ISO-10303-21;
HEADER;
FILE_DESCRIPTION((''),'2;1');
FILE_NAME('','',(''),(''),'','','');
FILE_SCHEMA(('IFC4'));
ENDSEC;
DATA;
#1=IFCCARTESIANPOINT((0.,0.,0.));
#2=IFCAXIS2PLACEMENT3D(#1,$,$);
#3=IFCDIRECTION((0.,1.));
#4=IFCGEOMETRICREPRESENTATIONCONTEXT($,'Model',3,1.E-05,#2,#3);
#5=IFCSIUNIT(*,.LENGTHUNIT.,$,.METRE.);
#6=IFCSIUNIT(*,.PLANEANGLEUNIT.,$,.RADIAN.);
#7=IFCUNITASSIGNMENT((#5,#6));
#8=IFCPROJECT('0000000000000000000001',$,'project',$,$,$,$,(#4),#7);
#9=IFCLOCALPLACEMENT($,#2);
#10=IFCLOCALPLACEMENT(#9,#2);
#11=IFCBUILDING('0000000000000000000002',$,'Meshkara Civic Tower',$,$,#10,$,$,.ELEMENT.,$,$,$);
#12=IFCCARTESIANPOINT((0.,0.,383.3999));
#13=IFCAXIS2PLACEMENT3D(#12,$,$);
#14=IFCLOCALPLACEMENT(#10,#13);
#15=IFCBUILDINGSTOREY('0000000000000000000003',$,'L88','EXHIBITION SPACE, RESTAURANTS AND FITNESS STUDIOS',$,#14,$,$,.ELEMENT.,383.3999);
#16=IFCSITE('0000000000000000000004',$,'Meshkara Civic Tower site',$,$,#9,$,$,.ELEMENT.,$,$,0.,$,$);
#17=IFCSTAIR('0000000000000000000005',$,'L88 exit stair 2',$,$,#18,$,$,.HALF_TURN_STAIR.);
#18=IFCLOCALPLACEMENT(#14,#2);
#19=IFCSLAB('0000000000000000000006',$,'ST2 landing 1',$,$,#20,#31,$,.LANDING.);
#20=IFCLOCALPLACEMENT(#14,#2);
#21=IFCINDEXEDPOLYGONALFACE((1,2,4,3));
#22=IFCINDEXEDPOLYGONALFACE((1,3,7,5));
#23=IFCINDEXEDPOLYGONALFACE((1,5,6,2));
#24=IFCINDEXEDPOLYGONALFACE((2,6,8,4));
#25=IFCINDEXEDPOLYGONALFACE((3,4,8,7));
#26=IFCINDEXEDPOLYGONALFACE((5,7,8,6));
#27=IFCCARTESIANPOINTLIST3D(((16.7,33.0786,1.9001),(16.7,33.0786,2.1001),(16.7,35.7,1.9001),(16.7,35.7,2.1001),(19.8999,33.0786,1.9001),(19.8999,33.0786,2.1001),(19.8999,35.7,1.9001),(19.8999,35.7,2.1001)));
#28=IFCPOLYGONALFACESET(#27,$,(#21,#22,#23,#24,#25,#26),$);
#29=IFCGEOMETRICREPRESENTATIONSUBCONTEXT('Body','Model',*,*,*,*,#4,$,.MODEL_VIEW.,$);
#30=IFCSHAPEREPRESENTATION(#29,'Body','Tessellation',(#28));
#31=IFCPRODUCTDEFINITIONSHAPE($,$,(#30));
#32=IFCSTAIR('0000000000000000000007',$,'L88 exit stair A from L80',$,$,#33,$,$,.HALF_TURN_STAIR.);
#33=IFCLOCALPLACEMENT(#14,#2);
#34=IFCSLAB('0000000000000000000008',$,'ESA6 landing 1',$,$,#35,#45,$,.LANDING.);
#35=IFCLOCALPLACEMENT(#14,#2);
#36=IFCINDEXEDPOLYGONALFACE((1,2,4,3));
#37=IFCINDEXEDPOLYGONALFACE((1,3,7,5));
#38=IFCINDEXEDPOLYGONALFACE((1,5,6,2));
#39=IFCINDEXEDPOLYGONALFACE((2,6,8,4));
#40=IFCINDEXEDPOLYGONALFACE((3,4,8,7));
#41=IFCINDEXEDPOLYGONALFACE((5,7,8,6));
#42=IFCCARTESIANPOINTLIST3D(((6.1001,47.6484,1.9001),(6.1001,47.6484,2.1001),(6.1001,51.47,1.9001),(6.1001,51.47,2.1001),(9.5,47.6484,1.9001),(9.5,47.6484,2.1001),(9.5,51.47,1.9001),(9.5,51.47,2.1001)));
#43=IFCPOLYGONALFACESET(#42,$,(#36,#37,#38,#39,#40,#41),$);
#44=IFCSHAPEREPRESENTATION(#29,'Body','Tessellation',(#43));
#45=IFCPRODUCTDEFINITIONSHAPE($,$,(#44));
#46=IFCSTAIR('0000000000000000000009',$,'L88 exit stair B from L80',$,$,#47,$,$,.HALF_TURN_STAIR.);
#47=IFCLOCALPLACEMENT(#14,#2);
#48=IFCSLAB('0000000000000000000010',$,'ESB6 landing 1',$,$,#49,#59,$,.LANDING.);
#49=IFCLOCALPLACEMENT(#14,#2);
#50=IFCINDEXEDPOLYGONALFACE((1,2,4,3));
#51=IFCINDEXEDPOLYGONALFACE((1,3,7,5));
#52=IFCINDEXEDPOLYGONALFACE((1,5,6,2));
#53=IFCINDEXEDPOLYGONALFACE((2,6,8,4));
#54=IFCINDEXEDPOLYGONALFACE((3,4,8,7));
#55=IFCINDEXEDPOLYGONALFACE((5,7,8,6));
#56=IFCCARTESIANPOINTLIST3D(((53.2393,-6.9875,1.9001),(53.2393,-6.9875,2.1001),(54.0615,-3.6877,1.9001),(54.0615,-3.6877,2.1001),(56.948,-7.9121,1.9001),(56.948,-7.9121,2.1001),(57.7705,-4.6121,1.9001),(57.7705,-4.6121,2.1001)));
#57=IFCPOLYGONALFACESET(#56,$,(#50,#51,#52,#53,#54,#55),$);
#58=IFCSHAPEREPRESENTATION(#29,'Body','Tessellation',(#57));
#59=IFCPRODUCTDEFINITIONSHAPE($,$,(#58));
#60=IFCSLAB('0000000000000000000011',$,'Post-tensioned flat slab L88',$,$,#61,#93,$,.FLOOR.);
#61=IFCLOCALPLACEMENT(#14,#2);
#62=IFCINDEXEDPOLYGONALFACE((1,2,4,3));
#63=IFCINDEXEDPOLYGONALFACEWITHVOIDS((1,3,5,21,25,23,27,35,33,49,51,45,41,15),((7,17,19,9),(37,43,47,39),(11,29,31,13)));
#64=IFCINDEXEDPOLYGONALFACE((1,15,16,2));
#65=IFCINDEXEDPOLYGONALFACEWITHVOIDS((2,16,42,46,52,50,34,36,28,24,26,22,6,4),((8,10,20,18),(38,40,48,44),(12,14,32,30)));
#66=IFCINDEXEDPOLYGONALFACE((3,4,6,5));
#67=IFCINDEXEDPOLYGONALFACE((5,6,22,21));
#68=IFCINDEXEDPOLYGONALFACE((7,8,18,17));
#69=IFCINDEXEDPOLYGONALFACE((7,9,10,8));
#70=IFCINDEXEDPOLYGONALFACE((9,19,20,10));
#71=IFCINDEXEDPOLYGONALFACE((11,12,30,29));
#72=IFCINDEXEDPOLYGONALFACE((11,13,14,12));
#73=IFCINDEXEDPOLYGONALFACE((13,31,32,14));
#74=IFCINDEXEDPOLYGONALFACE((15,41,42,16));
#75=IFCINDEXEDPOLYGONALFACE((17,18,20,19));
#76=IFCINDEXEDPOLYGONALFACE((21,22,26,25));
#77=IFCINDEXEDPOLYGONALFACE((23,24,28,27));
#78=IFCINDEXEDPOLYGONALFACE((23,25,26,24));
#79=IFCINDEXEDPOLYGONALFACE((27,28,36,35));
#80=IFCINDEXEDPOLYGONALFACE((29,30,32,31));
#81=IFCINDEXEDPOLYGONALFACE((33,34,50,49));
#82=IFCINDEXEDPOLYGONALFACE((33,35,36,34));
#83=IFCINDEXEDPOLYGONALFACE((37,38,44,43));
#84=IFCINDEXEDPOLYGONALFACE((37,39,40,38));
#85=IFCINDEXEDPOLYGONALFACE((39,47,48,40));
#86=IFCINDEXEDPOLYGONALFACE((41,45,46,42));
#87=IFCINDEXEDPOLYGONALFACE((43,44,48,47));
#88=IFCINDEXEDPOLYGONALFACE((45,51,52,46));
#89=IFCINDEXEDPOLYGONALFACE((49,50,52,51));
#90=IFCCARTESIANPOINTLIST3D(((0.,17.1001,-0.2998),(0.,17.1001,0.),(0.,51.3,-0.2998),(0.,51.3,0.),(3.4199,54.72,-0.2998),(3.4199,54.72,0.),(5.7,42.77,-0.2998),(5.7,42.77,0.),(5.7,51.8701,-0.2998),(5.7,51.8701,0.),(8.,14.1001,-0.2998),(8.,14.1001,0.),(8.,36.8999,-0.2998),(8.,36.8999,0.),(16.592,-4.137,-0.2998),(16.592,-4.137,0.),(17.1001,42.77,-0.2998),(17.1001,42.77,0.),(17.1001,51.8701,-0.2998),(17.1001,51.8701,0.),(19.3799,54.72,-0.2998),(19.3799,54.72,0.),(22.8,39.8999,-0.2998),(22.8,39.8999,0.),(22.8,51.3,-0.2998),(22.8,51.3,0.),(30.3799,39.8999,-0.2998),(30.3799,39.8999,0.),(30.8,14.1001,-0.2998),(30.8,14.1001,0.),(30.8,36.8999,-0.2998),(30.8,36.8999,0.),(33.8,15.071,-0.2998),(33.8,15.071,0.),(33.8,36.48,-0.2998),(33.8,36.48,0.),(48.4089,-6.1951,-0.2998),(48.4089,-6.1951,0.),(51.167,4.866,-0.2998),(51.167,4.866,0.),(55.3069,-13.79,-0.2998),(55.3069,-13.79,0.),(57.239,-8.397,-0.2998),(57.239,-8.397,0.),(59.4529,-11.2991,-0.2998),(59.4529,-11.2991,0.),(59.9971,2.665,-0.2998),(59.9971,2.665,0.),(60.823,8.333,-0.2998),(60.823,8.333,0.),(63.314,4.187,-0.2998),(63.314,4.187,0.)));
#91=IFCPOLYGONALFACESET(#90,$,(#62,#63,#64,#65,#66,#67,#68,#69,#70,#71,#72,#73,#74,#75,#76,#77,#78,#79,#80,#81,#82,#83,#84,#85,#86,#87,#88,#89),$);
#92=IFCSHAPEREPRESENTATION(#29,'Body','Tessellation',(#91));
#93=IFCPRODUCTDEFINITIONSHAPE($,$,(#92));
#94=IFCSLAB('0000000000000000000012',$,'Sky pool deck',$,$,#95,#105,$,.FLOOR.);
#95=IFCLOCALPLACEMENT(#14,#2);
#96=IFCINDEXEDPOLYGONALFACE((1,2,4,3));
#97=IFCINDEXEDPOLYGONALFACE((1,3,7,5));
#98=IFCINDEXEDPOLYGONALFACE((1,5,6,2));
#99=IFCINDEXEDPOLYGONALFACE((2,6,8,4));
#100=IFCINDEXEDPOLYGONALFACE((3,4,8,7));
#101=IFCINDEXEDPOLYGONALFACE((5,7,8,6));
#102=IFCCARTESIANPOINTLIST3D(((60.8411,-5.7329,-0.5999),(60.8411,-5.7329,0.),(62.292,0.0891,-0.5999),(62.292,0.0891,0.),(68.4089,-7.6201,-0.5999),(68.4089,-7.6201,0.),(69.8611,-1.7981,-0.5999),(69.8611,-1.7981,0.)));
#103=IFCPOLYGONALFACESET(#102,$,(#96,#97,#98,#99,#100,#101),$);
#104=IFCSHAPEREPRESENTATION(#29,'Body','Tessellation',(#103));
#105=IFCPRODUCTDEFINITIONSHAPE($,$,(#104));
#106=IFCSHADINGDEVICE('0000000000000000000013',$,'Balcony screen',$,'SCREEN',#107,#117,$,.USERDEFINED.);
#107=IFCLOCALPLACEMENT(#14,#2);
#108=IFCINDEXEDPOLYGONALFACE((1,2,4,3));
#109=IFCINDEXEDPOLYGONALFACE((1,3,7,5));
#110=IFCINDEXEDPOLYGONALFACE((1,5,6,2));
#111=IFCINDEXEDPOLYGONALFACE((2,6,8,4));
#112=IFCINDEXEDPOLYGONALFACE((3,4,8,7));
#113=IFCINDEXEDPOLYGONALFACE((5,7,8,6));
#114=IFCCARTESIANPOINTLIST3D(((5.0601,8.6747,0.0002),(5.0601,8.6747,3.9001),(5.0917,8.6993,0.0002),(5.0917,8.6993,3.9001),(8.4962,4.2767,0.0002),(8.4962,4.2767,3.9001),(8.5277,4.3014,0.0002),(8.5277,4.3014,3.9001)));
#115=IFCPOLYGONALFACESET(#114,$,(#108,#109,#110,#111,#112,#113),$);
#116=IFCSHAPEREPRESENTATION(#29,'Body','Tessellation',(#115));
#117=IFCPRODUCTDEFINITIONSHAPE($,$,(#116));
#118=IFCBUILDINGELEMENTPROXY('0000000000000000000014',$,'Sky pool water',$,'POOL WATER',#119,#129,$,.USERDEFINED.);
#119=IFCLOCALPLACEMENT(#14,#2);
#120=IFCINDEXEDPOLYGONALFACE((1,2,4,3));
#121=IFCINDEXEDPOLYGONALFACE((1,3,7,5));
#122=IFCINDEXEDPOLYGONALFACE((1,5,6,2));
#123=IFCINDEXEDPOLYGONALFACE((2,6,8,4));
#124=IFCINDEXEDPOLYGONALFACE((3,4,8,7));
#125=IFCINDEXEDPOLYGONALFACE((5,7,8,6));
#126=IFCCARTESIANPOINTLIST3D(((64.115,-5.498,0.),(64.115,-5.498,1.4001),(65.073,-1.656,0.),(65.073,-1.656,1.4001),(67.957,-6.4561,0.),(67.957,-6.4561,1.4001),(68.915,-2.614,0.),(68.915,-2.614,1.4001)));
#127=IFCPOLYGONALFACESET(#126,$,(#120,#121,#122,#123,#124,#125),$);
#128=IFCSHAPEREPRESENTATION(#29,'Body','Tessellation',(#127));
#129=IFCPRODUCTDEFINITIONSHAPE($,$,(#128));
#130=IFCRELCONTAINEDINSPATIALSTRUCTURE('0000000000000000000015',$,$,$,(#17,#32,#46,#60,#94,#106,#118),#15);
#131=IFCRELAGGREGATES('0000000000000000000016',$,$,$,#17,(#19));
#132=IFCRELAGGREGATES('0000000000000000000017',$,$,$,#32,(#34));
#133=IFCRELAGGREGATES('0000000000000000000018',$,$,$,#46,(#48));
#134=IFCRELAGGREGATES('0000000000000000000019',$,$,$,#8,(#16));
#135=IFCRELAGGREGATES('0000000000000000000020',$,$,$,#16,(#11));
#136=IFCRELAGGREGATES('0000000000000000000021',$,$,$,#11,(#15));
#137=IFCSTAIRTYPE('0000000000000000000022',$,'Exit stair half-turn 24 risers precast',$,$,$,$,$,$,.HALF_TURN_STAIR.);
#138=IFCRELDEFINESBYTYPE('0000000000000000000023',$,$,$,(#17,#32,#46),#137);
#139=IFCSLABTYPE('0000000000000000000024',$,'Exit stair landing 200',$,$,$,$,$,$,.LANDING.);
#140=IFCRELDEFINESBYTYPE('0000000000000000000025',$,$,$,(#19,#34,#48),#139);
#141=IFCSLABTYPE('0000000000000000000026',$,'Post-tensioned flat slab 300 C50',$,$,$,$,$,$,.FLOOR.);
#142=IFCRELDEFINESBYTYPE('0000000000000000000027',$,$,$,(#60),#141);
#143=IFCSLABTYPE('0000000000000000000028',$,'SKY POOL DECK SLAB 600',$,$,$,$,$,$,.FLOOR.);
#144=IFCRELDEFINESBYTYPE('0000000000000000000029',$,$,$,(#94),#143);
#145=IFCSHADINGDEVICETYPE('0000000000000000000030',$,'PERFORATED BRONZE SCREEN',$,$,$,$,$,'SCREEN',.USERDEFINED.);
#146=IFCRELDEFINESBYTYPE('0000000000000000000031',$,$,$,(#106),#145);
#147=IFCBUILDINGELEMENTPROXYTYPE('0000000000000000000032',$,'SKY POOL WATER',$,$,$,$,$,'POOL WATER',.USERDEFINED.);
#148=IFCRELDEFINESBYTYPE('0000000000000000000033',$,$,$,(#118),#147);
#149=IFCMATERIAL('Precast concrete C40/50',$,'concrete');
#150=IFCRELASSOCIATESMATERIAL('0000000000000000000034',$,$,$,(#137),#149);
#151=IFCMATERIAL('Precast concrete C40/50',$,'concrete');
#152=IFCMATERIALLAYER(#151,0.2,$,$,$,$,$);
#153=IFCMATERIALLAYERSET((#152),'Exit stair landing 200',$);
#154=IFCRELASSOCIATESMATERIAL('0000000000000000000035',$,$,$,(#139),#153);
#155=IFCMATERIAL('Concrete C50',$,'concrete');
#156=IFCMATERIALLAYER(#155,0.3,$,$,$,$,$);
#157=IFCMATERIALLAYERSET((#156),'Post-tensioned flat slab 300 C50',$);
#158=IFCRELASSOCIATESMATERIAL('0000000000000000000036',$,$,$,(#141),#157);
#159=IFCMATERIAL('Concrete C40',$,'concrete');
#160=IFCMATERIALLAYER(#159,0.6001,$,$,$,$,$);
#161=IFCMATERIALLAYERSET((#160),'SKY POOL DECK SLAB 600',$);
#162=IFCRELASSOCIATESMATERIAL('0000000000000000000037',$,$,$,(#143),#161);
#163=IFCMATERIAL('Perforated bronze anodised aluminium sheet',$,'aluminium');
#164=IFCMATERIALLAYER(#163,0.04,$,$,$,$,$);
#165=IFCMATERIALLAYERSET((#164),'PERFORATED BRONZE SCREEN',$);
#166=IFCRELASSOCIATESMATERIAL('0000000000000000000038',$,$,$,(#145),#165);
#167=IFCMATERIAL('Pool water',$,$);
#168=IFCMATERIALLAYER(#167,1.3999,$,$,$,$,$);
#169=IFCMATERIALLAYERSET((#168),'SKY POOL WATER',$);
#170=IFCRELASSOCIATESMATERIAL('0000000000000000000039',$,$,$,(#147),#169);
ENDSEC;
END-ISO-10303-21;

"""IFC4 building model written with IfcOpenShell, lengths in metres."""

from ifc_helpers import new_model, si_unit, direction, frame, origin, origin_2d, place, context, subcontext, project, spatial, polyline, rectangle, outline, extrude, material, layer, layer_set, type_object, element, aggregate, save


model = new_model("IFC4")

# Units and contexts
model_context = context("Model", 3, precision=1e-05, world=origin(), true_north=direction((0.0, 1.0)))
body_context = subcontext(model_context, "Body", "Model", "MODEL_VIEW")
ifc_project = project(units=[si_unit("LENGTHUNIT", "METRE"), si_unit("PLANEANGLEUNIT", "RADIAN")], contexts=[model_context])

# Site, building, storey
site_placement = place(None, origin())
site = spatial("IfcSite", under=ifc_project, at=site_placement, Name="Meshkara Civic Tower site", CompositionType="ELEMENT", RefElevation=0.0)
building_placement = place(site_placement, origin())
building = spatial("IfcBuilding", under=site, at=building_placement, Name="Meshkara Civic Tower", CompositionType="ELEMENT")
storey_placement = place(building_placement, frame((0.0, 0.0, 383.3999)))
storey = spatial("IfcBuildingStorey", under=building, at=storey_placement, Name="L88", Description="EXHIBITION SPACE, RESTAURANTS AND FITNESS STUDIOS", CompositionType="ELEMENT", Elevation=383.3999)

# Stairs, slabs
ifc_material_1 = material(Name="Precast concrete C40/50", Category="concrete")
stair_type = type_object("IfcStairType", Name="Exit stair half-turn 24 risers precast", PredefinedType="HALF_TURN_STAIR", material=ifc_material_1)
ifc_material_2 = material(Name="Precast concrete C40/50", Category="concrete")
ifc_layer_1 = layer(ifc_material_2, 0.2)
ifc_layer_set_1 = layer_set([ifc_layer_1], Name="Exit stair landing 200")
slab_type_1 = type_object("IfcSlabType", Name="Exit stair landing 200", PredefinedType="LANDING", material=ifc_layer_set_1)
stair_1_placement = place(storey_placement, origin())
stair_1 = element("IfcStair", 1, at=stair_1_placement, inside=storey, type_object=stair_type, Name="L88 exit stair 2", PredefinedType="HALF_TURN_STAIR")
slab_1_placement = place(storey_placement, frame((0.0, 0.0, 1.9001)))
slab_1 = element("IfcSlab", 2, at=slab_1_placement, type_object=slab_type_1, Name="ST2 landing 1", PredefinedType="LANDING", context=body_context, shape_type="SweptSolid", body=[
    extrude(outline(polyline([(19.8999, 33.0786), (19.8999, 35.7), (16.7, 35.7), (16.7, 33.0786), (19.8999, 33.0786)])), origin(), (0.0, 0.0, 1.0), 0.2),
])
aggregate(stair_1, [slab_1])
stair_2_placement = place(storey_placement, origin())
stair_2 = element("IfcStair", 3, at=stair_2_placement, inside=storey, type_object=stair_type, Name="L88 exit stair A from L80", PredefinedType="HALF_TURN_STAIR")
slab_2_placement = place(storey_placement, frame((0.0, 0.0, 1.9001)))
slab_2 = element("IfcSlab", 4, at=slab_2_placement, type_object=slab_type_1, Name="ESA6 landing 1", PredefinedType="LANDING", context=body_context, shape_type="SweptSolid", body=[
    extrude(outline(polyline([(9.5, 47.6484), (9.5, 51.47), (6.1001, 51.47), (6.1001, 47.6484), (9.5, 47.6484)])), origin(), (0.0, 0.0, 1.0), 0.2),
])
aggregate(stair_2, [slab_2])
stair_3_placement = place(storey_placement, origin())
stair_3 = element("IfcStair", 5, at=stair_3_placement, inside=storey, type_object=stair_type, Name="L88 exit stair B from L80", PredefinedType="HALF_TURN_STAIR")
slab_3_placement = place(storey_placement, frame((0.0, 0.0, 1.9001)))
slab_3 = element("IfcSlab", 6, at=slab_3_placement, type_object=slab_type_1, Name="ESB6 landing 1", PredefinedType="LANDING", context=body_context, shape_type="SweptSolid", body=[
    extrude(outline(polyline([(53.2393, -6.9875), (56.948, -7.9121), (57.7705, -4.6121), (54.0615, -3.6877), (53.2393, -6.9875)])), origin(), (0.0, 0.0, 1.0), 0.2),
])
aggregate(stair_3, [slab_3])

# Slabs
ifc_material_3 = material(Name="Concrete C50", Category="concrete")
ifc_layer_2 = layer(ifc_material_3, 0.3)
ifc_layer_set_2 = layer_set([ifc_layer_2], Name="Post-tensioned flat slab 300 C50")
slab_type_2 = type_object("IfcSlabType", Name="Post-tensioned flat slab 300 C50", PredefinedType="FLOOR", material=ifc_layer_set_2)
slab_4_placement = place(storey_placement, frame((0.0, 0.0, -0.2998)))
element("IfcSlab", 7, at=slab_4_placement, inside=storey, type_object=slab_type_2, Name="Post-tensioned flat slab L88", PredefinedType="FLOOR", context=body_context, shape_type="SweptSolid", body=[
    extrude(outline(polyline([(59.4529, -11.2991), (55.3069, -13.79), (16.592, -4.137), (0.0, 17.1001), (0.0, 51.3), (3.4199, 54.72), (19.3799, 54.72), (22.8, 51.3), (22.8, 39.8999), (30.3799, 39.8999), (33.8, 36.48), (33.8, 15.071), (60.823, 8.333), (63.314, 4.187), (59.4529, -11.2991)]), holes=[polyline([(57.239, -8.397), (59.9971, 2.665), (51.167, 4.866), (48.4089, -6.1951), (57.239, -8.397)]), polyline([(8.0, 14.1001), (30.8, 14.1001), (30.8, 36.8999), (8.0, 36.8999), (8.0, 14.1001)]), polyline([(5.7, 51.8701), (5.7, 42.77), (17.1001, 42.77), (17.1001, 51.8701), (5.7, 51.8701)])]), origin(), (0.0, 0.0, 1.0), 0.2998),
])
ifc_material_4 = material(Name="Concrete C40", Category="concrete")
ifc_layer_3 = layer(ifc_material_4, 0.6001)
ifc_layer_set_3 = layer_set([ifc_layer_3], Name="SKY POOL DECK SLAB 600")
slab_type_3 = type_object("IfcSlabType", Name="SKY POOL DECK SLAB 600", PredefinedType="FLOOR", material=ifc_layer_set_3)
slab_5_placement = place(storey_placement, frame((0.0, 0.0, -0.5999)))
element("IfcSlab", 8, at=slab_5_placement, inside=storey, type_object=slab_type_3, Name="Sky pool deck", PredefinedType="FLOOR", context=body_context, shape_type="SweptSolid", body=[
    extrude(outline(polyline([(60.8411, -5.7329), (62.292, 0.0891), (69.8611, -1.7981), (68.4089, -7.6201), (60.8411, -5.7329)])), origin(), (0.0, 0.0, 1.0), 0.5999),
])

# Shading device
ifc_material_5 = material(Name="Perforated bronze anodised aluminium sheet", Category="aluminium")
ifc_layer_4 = layer(ifc_material_5, 0.04)
ifc_layer_set_4 = layer_set([ifc_layer_4], Name="PERFORATED BRONZE SCREEN")
shading_device_type = type_object("IfcShadingDeviceType", Name="PERFORATED BRONZE SCREEN", ElementType="SCREEN", PredefinedType="USERDEFINED", material=ifc_layer_set_4)
shading_device_placement = place(storey_placement, frame((6.7939, 6.488, 0.0002), z_axis=(0.0, 0.0, 1.0), x_axis=(0.615661, -0.788011, 0.0)))
element("IfcShadingDevice", 9, at=shading_device_placement, inside=storey, type_object=shading_device_type, Name="Balcony screen", ObjectType="SCREEN", PredefinedType="USERDEFINED", context=body_context, shape_type="SweptSolid", body=[
    extrude(rectangle(XDim=5.5811, YDim=0.04, at=origin_2d()), origin(), (0.0, 0.0, 1.0), 3.8999),
])

# Building element proxy
ifc_material_6 = material(Name="Pool water")
ifc_layer_5 = layer(ifc_material_6, 1.3999)
ifc_layer_set_5 = layer_set([ifc_layer_5], Name="SKY POOL WATER")
building_element_proxy_type = type_object("IfcBuildingElementProxyType", Name="SKY POOL WATER", ElementType="POOL WATER", PredefinedType="USERDEFINED", material=ifc_layer_set_5)
proxy_placement = place(storey_placement, origin())
element("IfcBuildingElementProxy", 10, at=proxy_placement, inside=storey, type_object=building_element_proxy_type, Name="Sky pool water", ObjectType="POOL WATER", PredefinedType="USERDEFINED", context=body_context, shape_type="SweptSolid", body=[
    extrude(outline(polyline([(64.115, -5.498), (65.073, -1.656), (68.915, -2.614), (67.957, -6.4561), (64.115, -5.498)])), origin(), (0.0, 0.0, 1.0), 1.4001),
])

save(model, "model.ifc")
